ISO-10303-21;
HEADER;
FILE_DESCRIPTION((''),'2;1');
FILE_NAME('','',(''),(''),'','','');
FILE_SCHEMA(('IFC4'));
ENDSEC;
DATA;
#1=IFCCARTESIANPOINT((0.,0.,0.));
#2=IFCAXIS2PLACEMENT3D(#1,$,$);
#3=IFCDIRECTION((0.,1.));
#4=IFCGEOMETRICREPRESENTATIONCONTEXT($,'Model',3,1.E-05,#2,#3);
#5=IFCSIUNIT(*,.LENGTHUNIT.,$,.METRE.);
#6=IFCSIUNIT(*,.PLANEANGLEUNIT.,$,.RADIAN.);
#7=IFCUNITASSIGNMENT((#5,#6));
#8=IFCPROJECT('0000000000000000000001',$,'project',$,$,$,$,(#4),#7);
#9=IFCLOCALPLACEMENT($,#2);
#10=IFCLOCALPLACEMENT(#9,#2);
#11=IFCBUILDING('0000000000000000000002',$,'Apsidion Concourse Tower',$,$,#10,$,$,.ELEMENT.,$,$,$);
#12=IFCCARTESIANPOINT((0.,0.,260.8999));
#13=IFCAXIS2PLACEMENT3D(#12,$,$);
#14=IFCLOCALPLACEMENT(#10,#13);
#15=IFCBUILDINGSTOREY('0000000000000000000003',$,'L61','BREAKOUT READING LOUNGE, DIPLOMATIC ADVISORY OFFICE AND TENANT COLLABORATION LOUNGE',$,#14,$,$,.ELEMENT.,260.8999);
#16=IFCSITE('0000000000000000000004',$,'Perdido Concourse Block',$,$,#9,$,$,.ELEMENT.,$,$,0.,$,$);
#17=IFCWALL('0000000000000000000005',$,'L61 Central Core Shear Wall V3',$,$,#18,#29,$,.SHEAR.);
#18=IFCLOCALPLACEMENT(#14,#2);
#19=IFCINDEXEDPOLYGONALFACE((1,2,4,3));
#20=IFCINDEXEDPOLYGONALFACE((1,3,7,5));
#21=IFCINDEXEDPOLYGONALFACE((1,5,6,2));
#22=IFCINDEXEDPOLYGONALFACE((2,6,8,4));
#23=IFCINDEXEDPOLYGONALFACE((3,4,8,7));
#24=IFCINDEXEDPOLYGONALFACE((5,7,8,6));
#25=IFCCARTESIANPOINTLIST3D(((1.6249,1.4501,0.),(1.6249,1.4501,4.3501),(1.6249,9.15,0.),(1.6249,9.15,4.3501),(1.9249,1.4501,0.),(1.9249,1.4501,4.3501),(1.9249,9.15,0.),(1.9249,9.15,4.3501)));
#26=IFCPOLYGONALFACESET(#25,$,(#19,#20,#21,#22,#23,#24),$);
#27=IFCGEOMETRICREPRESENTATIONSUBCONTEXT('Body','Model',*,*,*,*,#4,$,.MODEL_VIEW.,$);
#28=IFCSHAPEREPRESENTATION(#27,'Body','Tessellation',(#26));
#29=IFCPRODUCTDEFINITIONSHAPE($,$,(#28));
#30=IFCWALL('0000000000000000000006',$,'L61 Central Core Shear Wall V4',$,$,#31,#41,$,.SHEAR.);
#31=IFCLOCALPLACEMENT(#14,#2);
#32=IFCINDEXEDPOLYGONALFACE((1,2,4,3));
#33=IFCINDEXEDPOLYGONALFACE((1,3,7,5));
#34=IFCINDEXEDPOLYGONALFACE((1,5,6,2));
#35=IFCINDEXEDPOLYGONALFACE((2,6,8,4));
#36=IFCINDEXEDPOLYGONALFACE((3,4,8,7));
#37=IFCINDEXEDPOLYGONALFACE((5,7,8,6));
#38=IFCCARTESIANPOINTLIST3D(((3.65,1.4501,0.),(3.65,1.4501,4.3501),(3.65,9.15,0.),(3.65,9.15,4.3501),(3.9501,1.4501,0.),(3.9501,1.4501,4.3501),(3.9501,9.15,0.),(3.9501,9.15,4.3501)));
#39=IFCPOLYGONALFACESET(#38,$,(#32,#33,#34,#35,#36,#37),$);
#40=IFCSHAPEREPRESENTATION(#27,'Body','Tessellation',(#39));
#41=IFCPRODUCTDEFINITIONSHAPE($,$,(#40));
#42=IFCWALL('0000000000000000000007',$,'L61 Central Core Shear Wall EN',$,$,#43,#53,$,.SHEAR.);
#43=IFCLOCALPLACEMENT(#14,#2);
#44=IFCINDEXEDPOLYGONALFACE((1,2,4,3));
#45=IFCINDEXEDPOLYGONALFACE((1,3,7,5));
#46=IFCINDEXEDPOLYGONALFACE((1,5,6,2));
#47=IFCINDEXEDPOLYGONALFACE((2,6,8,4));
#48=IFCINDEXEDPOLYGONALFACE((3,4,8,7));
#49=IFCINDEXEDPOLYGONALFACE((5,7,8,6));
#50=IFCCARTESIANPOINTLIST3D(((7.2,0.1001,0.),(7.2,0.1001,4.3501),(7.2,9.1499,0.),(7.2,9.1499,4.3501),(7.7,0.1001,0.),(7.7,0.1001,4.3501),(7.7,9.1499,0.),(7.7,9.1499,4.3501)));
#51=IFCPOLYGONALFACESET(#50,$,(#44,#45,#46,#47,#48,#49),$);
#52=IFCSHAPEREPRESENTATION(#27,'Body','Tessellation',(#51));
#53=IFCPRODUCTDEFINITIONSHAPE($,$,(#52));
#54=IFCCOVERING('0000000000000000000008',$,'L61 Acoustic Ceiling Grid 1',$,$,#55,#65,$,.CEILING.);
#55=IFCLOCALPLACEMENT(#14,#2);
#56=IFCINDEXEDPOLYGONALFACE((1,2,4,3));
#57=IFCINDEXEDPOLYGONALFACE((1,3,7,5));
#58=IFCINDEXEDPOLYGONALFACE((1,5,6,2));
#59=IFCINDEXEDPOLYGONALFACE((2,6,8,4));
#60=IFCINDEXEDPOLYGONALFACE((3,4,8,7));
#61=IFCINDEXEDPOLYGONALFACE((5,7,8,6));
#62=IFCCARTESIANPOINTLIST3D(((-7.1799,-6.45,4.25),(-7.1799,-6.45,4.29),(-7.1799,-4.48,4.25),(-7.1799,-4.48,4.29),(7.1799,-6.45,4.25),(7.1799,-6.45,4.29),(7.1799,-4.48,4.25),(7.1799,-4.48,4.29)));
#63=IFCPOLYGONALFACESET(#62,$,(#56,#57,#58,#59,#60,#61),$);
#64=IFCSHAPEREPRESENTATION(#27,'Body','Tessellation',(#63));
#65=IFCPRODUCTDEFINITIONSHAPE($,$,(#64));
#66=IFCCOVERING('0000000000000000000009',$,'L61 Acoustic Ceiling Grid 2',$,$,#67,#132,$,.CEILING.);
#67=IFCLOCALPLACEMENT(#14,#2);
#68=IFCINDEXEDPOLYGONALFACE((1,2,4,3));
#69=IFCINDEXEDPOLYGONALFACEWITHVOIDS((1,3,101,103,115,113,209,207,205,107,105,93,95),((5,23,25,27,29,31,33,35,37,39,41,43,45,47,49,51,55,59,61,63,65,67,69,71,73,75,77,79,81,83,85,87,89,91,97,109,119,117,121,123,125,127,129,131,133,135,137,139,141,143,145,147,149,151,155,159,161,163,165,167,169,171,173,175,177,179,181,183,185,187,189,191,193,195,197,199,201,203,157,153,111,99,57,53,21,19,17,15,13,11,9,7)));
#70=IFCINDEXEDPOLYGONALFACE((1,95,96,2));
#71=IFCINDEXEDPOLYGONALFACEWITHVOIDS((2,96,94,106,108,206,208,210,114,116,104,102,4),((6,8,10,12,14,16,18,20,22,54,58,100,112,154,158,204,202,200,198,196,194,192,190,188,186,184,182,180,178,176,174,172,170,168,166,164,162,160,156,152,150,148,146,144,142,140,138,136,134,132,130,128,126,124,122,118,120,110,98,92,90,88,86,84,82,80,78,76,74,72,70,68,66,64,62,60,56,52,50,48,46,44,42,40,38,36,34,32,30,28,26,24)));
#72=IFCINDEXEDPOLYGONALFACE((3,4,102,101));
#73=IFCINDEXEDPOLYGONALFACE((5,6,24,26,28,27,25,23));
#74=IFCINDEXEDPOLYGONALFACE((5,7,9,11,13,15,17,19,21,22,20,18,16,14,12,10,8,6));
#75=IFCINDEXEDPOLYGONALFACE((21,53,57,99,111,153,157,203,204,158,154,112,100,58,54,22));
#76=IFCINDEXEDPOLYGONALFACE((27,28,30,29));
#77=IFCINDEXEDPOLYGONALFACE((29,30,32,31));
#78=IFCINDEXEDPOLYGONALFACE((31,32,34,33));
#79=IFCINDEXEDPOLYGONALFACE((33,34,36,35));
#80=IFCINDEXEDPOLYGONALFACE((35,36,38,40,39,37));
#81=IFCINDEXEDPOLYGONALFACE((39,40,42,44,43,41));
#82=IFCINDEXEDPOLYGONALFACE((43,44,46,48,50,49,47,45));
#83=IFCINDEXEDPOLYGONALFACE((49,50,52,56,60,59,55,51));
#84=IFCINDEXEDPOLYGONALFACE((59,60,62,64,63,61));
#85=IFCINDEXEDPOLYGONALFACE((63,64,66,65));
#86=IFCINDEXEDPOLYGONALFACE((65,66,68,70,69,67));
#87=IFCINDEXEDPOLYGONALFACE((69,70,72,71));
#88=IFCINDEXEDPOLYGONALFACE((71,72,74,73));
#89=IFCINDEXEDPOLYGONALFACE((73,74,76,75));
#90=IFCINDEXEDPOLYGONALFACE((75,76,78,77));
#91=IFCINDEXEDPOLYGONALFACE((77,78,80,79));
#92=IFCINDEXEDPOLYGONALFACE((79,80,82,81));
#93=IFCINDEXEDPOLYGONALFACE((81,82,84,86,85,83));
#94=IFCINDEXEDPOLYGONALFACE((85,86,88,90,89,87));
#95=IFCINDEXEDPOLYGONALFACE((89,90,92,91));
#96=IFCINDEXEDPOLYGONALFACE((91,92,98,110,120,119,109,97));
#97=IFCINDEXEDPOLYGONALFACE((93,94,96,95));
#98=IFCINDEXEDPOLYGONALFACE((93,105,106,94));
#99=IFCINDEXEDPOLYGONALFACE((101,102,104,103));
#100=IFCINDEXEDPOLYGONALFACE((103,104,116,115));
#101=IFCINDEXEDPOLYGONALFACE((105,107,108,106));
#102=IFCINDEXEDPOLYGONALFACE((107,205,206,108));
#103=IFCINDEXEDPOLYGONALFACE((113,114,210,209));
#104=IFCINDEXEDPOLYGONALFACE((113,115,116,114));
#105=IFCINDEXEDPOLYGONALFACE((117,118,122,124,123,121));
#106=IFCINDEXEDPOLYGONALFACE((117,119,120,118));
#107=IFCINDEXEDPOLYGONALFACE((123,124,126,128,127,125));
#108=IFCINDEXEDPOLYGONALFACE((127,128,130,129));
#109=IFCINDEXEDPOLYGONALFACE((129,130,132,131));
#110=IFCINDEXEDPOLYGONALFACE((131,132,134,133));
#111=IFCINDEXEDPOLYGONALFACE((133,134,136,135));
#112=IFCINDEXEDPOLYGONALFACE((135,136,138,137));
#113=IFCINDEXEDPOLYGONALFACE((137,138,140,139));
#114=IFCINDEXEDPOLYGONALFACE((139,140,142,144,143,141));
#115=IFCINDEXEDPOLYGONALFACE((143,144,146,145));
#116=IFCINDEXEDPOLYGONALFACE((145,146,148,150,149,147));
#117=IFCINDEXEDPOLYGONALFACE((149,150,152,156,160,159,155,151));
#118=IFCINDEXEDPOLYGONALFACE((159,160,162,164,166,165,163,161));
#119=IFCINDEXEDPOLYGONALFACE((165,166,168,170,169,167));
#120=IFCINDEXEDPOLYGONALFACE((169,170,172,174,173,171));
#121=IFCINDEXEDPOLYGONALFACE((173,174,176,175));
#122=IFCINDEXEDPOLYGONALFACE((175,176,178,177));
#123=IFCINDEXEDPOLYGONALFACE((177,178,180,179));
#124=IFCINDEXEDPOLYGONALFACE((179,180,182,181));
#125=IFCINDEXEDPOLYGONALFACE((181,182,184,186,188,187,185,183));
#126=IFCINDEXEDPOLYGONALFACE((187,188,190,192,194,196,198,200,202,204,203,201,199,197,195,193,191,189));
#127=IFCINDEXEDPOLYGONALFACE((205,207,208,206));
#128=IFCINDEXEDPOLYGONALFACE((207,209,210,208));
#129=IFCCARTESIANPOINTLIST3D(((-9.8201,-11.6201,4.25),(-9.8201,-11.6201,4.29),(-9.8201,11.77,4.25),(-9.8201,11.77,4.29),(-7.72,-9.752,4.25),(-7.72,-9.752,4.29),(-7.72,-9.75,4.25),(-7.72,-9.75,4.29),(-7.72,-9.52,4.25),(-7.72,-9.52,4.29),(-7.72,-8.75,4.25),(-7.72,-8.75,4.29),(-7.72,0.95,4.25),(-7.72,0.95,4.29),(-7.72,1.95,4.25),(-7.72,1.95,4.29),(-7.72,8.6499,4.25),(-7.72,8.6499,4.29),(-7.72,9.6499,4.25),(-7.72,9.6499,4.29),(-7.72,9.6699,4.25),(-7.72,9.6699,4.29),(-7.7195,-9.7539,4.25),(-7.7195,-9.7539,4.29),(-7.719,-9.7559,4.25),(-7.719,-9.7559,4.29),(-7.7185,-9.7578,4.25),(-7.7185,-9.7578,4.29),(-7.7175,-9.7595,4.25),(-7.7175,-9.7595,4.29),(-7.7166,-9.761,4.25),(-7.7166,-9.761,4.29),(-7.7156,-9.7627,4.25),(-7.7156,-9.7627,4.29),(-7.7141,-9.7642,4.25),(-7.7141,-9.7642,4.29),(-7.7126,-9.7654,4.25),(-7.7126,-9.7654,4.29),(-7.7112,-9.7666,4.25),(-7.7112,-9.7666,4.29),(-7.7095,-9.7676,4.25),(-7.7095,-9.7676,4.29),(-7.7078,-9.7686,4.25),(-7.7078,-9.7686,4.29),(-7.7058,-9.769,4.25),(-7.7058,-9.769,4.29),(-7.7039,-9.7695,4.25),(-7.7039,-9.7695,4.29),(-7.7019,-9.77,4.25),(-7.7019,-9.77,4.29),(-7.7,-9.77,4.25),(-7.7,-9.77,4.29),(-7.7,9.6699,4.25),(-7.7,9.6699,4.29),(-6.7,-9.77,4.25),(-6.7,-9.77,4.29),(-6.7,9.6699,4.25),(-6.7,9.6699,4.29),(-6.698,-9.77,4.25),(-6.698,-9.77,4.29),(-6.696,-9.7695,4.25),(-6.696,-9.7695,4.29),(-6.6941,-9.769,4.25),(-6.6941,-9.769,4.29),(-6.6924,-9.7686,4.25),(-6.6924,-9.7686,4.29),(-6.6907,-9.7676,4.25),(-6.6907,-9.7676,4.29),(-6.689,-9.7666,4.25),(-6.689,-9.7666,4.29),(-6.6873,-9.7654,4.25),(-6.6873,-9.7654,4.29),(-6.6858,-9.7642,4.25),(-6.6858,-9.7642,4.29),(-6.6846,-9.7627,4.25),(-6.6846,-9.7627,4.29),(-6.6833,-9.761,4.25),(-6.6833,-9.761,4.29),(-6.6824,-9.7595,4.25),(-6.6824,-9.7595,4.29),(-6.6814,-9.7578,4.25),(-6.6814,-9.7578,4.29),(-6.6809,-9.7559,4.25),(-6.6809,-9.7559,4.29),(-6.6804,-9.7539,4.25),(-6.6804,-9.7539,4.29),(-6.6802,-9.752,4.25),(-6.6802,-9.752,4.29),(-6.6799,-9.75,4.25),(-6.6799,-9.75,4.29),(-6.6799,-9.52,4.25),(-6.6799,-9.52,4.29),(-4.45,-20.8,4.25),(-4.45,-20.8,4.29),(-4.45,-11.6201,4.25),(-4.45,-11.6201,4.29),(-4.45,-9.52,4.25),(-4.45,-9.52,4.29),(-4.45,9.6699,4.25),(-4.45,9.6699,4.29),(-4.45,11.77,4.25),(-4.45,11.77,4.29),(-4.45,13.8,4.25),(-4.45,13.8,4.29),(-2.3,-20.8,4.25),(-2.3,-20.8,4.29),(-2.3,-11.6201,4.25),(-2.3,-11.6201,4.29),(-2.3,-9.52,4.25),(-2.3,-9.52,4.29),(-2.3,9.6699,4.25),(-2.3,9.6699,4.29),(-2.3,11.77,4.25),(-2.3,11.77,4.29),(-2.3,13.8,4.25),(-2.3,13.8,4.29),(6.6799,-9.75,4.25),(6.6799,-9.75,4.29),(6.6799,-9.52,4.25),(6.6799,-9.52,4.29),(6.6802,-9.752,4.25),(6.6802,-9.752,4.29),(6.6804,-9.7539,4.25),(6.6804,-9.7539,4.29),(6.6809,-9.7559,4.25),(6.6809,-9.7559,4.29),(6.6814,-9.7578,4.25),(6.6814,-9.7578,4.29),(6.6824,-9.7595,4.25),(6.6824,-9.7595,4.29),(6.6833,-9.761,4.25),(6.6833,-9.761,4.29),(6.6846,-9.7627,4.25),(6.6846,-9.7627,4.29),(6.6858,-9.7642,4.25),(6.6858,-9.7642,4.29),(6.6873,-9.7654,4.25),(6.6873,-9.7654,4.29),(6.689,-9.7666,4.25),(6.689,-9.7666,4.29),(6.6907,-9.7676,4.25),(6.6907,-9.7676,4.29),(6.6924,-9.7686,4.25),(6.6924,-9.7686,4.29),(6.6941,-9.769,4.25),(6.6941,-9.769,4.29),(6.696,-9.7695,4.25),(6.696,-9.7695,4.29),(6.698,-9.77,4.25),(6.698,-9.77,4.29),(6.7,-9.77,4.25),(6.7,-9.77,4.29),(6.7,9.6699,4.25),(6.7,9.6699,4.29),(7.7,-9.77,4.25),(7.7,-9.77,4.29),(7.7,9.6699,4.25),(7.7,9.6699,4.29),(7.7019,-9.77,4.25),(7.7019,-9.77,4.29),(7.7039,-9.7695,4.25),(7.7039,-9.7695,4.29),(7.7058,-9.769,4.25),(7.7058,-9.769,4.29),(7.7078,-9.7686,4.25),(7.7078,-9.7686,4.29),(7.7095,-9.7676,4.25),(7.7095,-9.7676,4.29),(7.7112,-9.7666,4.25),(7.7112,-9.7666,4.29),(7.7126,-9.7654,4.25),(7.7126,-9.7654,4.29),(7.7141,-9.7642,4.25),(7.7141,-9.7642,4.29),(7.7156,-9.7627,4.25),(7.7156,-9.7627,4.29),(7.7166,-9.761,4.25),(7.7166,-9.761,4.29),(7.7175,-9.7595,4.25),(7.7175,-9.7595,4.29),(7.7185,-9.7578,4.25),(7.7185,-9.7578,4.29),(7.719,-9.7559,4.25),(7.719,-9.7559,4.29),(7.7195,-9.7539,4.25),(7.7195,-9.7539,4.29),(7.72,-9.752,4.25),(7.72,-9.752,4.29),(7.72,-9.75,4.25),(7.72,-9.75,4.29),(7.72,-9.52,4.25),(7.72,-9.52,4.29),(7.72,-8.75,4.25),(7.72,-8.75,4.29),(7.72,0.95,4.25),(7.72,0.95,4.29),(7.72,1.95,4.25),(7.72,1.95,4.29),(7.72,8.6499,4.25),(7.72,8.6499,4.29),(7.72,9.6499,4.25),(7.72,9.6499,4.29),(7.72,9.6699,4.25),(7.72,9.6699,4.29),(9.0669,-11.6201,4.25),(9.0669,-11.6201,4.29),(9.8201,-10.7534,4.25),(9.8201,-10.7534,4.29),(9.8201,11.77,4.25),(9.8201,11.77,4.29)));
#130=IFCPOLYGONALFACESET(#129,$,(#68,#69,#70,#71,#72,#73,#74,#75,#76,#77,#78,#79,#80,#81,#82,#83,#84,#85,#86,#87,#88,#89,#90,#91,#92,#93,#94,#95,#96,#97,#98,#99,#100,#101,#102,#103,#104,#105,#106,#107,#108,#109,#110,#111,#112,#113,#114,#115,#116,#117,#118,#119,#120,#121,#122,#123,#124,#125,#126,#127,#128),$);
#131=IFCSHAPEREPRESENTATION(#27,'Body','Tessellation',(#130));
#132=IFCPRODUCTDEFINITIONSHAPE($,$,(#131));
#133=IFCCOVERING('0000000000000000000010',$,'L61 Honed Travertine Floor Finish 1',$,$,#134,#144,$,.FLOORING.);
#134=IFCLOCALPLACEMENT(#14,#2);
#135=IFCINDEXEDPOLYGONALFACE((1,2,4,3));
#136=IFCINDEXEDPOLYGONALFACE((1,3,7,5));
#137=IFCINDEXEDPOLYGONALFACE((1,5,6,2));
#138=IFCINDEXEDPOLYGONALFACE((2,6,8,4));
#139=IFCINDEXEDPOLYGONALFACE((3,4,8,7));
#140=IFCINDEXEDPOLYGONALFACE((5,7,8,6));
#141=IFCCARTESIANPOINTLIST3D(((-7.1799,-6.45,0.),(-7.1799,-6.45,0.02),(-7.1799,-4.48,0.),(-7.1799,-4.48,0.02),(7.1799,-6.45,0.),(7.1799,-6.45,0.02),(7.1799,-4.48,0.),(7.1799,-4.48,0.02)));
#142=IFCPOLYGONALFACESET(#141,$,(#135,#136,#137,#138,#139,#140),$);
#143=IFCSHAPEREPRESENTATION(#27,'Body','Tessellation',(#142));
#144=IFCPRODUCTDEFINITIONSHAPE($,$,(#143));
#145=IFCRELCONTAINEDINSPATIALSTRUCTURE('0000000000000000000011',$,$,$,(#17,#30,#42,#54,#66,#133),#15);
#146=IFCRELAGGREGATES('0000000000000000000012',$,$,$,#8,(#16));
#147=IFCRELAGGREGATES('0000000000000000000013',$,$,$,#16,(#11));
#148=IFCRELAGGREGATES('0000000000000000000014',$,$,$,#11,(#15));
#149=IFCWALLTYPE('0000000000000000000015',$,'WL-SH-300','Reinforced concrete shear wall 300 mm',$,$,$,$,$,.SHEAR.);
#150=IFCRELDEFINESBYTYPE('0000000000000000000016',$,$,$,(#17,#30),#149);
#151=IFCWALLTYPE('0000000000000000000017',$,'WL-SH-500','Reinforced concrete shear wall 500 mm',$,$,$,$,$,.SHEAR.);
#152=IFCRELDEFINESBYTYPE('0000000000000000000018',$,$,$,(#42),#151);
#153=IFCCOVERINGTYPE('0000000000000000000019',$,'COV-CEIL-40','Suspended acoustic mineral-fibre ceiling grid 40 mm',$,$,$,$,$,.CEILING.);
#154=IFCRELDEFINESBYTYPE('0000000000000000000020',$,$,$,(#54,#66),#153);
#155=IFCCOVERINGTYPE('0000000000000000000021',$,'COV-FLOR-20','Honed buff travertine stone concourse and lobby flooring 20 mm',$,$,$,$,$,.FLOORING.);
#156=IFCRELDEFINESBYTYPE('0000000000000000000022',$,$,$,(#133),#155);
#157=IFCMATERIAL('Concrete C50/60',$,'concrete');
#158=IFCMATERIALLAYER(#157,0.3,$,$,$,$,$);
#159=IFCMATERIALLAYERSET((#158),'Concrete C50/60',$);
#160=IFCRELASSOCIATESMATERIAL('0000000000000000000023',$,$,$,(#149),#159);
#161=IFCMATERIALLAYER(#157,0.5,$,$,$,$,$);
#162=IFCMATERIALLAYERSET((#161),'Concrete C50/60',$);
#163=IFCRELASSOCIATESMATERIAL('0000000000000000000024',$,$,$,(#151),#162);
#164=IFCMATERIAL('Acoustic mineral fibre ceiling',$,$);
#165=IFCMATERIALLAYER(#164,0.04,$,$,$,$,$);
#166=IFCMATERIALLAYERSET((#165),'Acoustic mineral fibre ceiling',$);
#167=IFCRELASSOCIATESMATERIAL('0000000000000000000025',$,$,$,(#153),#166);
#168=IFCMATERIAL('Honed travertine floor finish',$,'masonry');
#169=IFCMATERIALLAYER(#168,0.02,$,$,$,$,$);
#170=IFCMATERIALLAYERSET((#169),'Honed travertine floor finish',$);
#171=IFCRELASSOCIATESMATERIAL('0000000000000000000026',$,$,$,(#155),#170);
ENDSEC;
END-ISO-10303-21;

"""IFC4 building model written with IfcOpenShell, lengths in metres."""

from ifc_helpers import new_model, si_unit, direction, frame, frame_2d, origin, place, context, subcontext, project, spatial, polyline, rectangle, outline, extrude, material, layer, layer_set, type_object, element, save


model = new_model("IFC4")

# Units and contexts
model_context = context("Model", 3, precision=1e-05, world=origin(), true_north=direction((0.0, 1.0)))
body_context = subcontext(model_context, "Body", "Model", "MODEL_VIEW")
ifc_project = project(units=[si_unit("LENGTHUNIT", "METRE"), si_unit("PLANEANGLEUNIT", "RADIAN")], contexts=[model_context])

# Site, building, storey
site_placement = place(None, origin())
site = spatial("IfcSite", under=ifc_project, at=site_placement, Name="Perdido Concourse Block", CompositionType="ELEMENT", RefElevation=0.0)
building_placement = place(site_placement, origin())
building = spatial("IfcBuilding", under=site, at=building_placement, Name="Apsidion Concourse Tower", CompositionType="ELEMENT")
storey_placement = place(building_placement, frame((0.0, 0.0, 260.8999)))
storey = spatial("IfcBuildingStorey", under=building, at=storey_placement, Name="L61", Description="BREAKOUT READING LOUNGE, DIPLOMATIC ADVISORY OFFICE AND TENANT COLLABORATION LOUNGE", CompositionType="ELEMENT", Elevation=260.8999)

# Shared definitions
ifc_material_1 = material(Name="Concrete C50/60", Category="concrete")

# Walls
ifc_layer_1 = layer(ifc_material_1, 0.3)
ifc_layer_set_1 = layer_set([ifc_layer_1], Name="Concrete C50/60")
wall_type_1 = type_object("IfcWallType", Name="WL-SH-300", Description="Reinforced concrete shear wall 300 mm", PredefinedType="SHEAR", material=ifc_layer_set_1)
for number, where, z_axis, x_axis, name in (
    (1, (1.7749, 1.45, 0.0), (0.0, 0.0, 1.0), (0.0, 1.0, 0.0), "L61 Central Core Shear Wall V3"),
    (2, (3.8, 1.45, 0.0), (0.0, 0.0, 1.0), (0.0, 1.0, 0.0), "L61 Central Core Shear Wall V4"),
):
    element("IfcWall", number, at=place(storey_placement, frame(where, z_axis=z_axis, x_axis=x_axis)), inside=storey, type_object=wall_type_1, Name=name, PredefinedType="SHEAR", context=body_context, shape_type="SweptSolid", body=[
        extrude(rectangle(XDim=7.7, YDim=0.3, at=frame_2d((3.8501, 0.0))), origin(), (0.0, 0.0, 1.0), 4.3501),
    ])
ifc_layer_2 = layer(ifc_material_1, 0.5)
ifc_layer_set_2 = layer_set([ifc_layer_2], Name="Concrete C50/60")
wall_type_2 = type_object("IfcWallType", Name="WL-SH-500", Description="Reinforced concrete shear wall 500 mm", PredefinedType="SHEAR", material=ifc_layer_set_2)
wall_1_placement = place(storey_placement, frame((7.45, 0.1001, 0.0), z_axis=(0.0, 0.0, 1.0), x_axis=(0.0, 1.0, 0.0)))
element("IfcWall", 3, at=wall_1_placement, inside=storey, type_object=wall_type_2, Name="L61 Central Core Shear Wall EN", PredefinedType="SHEAR", context=body_context, shape_type="SweptSolid", body=[
    extrude(rectangle(XDim=9.0498, YDim=0.5, at=frame_2d((4.5249, 0.0))), origin(), (0.0, 0.0, 1.0), 4.3501),
])

# Coverings
ifc_material_2 = material(Name="Acoustic mineral fibre ceiling")
ifc_layer_3 = layer(ifc_material_2, 0.04)
ifc_layer_set_3 = layer_set([ifc_layer_3], Name="Acoustic mineral fibre ceiling")
covering_type_1 = type_object("IfcCoveringType", Name="COV-CEIL-40", Description="Suspended acoustic mineral-fibre ceiling grid 40 mm", PredefinedType="CEILING", material=ifc_layer_set_3)
covering_1_placement = place(storey_placement, frame((0.0, 0.0, 4.25)))
element("IfcCovering", 4, at=covering_1_placement, inside=storey, type_object=covering_type_1, Name="L61 Acoustic Ceiling Grid 1", PredefinedType="CEILING", context=body_context, shape_type="SweptSolid", body=[
    extrude(outline(polyline([(-7.1799, -6.45), (-7.1799, -4.48), (7.1799, -4.48), (7.1799, -6.45), (-7.1799, -6.45)])), origin(), (0.0, 0.0, 1.0), 0.04),
])
covering_2_placement = place(storey_placement, frame((0.0, 0.0, 4.25)))
element("IfcCovering", 5, at=covering_2_placement, inside=storey, type_object=covering_type_1, Name="L61 Acoustic Ceiling Grid 2", PredefinedType="CEILING", context=body_context, shape_type="SweptSolid", body=[
    extrude(outline(polyline([(-9.8201, -11.6201), (-9.8201, 11.77), (-4.45, 11.77), (-4.45, 13.8), (-2.3, 13.8), (-2.3, 11.77), (9.8201, 11.77), (9.8201, -10.7534), (9.0669, -11.6201), (-2.3, -11.6201), (-2.3, -20.8), (-4.45, -20.8), (-4.45, -11.6201), (-9.8201, -11.6201)]), holes=[polyline([(7.7, 9.6699), (6.7, 9.6699), (-2.3, 9.6699), (-4.45, 9.6699), (-6.7, 9.6699), (-7.7, 9.6699), (-7.72, 9.6699), (-7.72, 9.6499), (-7.72, 8.6499), (-7.72, 1.95), (-7.72, 0.95), (-7.72, -8.75), (-7.72, -9.52), (-7.72, -9.75), (-7.72, -9.752), (-7.7195, -9.7539), (-7.719, -9.7559), (-7.7185, -9.7578), (-7.7175, -9.7595), (-7.7166, -9.761), (-7.7156, -9.7627), (-7.7141, -9.7642), (-7.7126, -9.7654), (-7.7112, -9.7666), (-7.7095, -9.7676), (-7.7078, -9.7686), (-7.7058, -9.769), (-7.7039, -9.7695), (-7.7019, -9.77), (-7.7, -9.77), (-6.7, -9.77), (-6.698, -9.77), (-6.696, -9.7695), (-6.6941, -9.769), (-6.6924, -9.7686), (-6.6907, -9.7676), (-6.689, -9.7666), (-6.6873, -9.7654), (-6.6858, -9.7642), (-6.6846, -9.7627), (-6.6833, -9.761), (-6.6824, -9.7595), (-6.6814, -9.7578), (-6.6809, -9.7559), (-6.6804, -9.7539), (-6.6802, -9.752), (-6.6799, -9.75), (-6.6799, -9.52), (-4.45, -9.52), (-2.3, -9.52), (6.6799, -9.52), (6.6799, -9.75), (6.6802, -9.752), (6.6804, -9.7539), (6.6809, -9.7559), (6.6814, -9.7578), (6.6824, -9.7595), (6.6833, -9.761), (6.6846, -9.7627), (6.6858, -9.7642), (6.6873, -9.7654), (6.689, -9.7666), (6.6907, -9.7676), (6.6924, -9.7686), (6.6941, -9.769), (6.696, -9.7695), (6.698, -9.77), (6.7, -9.77), (7.7, -9.77), (7.7019, -9.77), (7.7039, -9.7695), (7.7058, -9.769), (7.7078, -9.7686), (7.7095, -9.7676), (7.7112, -9.7666), (7.7126, -9.7654), (7.7141, -9.7642), (7.7156, -9.7627), (7.7166, -9.761), (7.7175, -9.7595), (7.7185, -9.7578), (7.719, -9.7559), (7.7195, -9.7539), (7.72, -9.752), (7.72, -9.75), (7.72, -9.52), (7.72, -8.75), (7.72, 0.95), (7.72, 1.95), (7.72, 8.6499), (7.72, 9.6499), (7.72, 9.6699), (7.7, 9.6699)])]), origin(), (0.0, 0.0, 1.0), 0.04),
])
ifc_material_3 = material(Name="Honed travertine floor finish", Category="masonry")
ifc_layer_4 = layer(ifc_material_3, 0.02)
ifc_layer_set_4 = layer_set([ifc_layer_4], Name="Honed travertine floor finish")
covering_type_2 = type_object("IfcCoveringType", Name="COV-FLOR-20", Description="Honed buff travertine stone concourse and lobby flooring 20 mm", PredefinedType="FLOORING", material=ifc_layer_set_4)
covering_3_placement = place(storey_placement, origin())
element("IfcCovering", 6, at=covering_3_placement, inside=storey, type_object=covering_type_2, Name="L61 Honed Travertine Floor Finish 1", PredefinedType="FLOORING", context=body_context, shape_type="SweptSolid", body=[
    extrude(outline(polyline([(-7.1799, -6.45), (-7.1799, -4.48), (7.1799, -4.48), (7.1799, -6.45), (-7.1799, -6.45)])), origin(), (0.0, 0.0, 1.0), 0.02),
])

save(model, "model.ifc")
